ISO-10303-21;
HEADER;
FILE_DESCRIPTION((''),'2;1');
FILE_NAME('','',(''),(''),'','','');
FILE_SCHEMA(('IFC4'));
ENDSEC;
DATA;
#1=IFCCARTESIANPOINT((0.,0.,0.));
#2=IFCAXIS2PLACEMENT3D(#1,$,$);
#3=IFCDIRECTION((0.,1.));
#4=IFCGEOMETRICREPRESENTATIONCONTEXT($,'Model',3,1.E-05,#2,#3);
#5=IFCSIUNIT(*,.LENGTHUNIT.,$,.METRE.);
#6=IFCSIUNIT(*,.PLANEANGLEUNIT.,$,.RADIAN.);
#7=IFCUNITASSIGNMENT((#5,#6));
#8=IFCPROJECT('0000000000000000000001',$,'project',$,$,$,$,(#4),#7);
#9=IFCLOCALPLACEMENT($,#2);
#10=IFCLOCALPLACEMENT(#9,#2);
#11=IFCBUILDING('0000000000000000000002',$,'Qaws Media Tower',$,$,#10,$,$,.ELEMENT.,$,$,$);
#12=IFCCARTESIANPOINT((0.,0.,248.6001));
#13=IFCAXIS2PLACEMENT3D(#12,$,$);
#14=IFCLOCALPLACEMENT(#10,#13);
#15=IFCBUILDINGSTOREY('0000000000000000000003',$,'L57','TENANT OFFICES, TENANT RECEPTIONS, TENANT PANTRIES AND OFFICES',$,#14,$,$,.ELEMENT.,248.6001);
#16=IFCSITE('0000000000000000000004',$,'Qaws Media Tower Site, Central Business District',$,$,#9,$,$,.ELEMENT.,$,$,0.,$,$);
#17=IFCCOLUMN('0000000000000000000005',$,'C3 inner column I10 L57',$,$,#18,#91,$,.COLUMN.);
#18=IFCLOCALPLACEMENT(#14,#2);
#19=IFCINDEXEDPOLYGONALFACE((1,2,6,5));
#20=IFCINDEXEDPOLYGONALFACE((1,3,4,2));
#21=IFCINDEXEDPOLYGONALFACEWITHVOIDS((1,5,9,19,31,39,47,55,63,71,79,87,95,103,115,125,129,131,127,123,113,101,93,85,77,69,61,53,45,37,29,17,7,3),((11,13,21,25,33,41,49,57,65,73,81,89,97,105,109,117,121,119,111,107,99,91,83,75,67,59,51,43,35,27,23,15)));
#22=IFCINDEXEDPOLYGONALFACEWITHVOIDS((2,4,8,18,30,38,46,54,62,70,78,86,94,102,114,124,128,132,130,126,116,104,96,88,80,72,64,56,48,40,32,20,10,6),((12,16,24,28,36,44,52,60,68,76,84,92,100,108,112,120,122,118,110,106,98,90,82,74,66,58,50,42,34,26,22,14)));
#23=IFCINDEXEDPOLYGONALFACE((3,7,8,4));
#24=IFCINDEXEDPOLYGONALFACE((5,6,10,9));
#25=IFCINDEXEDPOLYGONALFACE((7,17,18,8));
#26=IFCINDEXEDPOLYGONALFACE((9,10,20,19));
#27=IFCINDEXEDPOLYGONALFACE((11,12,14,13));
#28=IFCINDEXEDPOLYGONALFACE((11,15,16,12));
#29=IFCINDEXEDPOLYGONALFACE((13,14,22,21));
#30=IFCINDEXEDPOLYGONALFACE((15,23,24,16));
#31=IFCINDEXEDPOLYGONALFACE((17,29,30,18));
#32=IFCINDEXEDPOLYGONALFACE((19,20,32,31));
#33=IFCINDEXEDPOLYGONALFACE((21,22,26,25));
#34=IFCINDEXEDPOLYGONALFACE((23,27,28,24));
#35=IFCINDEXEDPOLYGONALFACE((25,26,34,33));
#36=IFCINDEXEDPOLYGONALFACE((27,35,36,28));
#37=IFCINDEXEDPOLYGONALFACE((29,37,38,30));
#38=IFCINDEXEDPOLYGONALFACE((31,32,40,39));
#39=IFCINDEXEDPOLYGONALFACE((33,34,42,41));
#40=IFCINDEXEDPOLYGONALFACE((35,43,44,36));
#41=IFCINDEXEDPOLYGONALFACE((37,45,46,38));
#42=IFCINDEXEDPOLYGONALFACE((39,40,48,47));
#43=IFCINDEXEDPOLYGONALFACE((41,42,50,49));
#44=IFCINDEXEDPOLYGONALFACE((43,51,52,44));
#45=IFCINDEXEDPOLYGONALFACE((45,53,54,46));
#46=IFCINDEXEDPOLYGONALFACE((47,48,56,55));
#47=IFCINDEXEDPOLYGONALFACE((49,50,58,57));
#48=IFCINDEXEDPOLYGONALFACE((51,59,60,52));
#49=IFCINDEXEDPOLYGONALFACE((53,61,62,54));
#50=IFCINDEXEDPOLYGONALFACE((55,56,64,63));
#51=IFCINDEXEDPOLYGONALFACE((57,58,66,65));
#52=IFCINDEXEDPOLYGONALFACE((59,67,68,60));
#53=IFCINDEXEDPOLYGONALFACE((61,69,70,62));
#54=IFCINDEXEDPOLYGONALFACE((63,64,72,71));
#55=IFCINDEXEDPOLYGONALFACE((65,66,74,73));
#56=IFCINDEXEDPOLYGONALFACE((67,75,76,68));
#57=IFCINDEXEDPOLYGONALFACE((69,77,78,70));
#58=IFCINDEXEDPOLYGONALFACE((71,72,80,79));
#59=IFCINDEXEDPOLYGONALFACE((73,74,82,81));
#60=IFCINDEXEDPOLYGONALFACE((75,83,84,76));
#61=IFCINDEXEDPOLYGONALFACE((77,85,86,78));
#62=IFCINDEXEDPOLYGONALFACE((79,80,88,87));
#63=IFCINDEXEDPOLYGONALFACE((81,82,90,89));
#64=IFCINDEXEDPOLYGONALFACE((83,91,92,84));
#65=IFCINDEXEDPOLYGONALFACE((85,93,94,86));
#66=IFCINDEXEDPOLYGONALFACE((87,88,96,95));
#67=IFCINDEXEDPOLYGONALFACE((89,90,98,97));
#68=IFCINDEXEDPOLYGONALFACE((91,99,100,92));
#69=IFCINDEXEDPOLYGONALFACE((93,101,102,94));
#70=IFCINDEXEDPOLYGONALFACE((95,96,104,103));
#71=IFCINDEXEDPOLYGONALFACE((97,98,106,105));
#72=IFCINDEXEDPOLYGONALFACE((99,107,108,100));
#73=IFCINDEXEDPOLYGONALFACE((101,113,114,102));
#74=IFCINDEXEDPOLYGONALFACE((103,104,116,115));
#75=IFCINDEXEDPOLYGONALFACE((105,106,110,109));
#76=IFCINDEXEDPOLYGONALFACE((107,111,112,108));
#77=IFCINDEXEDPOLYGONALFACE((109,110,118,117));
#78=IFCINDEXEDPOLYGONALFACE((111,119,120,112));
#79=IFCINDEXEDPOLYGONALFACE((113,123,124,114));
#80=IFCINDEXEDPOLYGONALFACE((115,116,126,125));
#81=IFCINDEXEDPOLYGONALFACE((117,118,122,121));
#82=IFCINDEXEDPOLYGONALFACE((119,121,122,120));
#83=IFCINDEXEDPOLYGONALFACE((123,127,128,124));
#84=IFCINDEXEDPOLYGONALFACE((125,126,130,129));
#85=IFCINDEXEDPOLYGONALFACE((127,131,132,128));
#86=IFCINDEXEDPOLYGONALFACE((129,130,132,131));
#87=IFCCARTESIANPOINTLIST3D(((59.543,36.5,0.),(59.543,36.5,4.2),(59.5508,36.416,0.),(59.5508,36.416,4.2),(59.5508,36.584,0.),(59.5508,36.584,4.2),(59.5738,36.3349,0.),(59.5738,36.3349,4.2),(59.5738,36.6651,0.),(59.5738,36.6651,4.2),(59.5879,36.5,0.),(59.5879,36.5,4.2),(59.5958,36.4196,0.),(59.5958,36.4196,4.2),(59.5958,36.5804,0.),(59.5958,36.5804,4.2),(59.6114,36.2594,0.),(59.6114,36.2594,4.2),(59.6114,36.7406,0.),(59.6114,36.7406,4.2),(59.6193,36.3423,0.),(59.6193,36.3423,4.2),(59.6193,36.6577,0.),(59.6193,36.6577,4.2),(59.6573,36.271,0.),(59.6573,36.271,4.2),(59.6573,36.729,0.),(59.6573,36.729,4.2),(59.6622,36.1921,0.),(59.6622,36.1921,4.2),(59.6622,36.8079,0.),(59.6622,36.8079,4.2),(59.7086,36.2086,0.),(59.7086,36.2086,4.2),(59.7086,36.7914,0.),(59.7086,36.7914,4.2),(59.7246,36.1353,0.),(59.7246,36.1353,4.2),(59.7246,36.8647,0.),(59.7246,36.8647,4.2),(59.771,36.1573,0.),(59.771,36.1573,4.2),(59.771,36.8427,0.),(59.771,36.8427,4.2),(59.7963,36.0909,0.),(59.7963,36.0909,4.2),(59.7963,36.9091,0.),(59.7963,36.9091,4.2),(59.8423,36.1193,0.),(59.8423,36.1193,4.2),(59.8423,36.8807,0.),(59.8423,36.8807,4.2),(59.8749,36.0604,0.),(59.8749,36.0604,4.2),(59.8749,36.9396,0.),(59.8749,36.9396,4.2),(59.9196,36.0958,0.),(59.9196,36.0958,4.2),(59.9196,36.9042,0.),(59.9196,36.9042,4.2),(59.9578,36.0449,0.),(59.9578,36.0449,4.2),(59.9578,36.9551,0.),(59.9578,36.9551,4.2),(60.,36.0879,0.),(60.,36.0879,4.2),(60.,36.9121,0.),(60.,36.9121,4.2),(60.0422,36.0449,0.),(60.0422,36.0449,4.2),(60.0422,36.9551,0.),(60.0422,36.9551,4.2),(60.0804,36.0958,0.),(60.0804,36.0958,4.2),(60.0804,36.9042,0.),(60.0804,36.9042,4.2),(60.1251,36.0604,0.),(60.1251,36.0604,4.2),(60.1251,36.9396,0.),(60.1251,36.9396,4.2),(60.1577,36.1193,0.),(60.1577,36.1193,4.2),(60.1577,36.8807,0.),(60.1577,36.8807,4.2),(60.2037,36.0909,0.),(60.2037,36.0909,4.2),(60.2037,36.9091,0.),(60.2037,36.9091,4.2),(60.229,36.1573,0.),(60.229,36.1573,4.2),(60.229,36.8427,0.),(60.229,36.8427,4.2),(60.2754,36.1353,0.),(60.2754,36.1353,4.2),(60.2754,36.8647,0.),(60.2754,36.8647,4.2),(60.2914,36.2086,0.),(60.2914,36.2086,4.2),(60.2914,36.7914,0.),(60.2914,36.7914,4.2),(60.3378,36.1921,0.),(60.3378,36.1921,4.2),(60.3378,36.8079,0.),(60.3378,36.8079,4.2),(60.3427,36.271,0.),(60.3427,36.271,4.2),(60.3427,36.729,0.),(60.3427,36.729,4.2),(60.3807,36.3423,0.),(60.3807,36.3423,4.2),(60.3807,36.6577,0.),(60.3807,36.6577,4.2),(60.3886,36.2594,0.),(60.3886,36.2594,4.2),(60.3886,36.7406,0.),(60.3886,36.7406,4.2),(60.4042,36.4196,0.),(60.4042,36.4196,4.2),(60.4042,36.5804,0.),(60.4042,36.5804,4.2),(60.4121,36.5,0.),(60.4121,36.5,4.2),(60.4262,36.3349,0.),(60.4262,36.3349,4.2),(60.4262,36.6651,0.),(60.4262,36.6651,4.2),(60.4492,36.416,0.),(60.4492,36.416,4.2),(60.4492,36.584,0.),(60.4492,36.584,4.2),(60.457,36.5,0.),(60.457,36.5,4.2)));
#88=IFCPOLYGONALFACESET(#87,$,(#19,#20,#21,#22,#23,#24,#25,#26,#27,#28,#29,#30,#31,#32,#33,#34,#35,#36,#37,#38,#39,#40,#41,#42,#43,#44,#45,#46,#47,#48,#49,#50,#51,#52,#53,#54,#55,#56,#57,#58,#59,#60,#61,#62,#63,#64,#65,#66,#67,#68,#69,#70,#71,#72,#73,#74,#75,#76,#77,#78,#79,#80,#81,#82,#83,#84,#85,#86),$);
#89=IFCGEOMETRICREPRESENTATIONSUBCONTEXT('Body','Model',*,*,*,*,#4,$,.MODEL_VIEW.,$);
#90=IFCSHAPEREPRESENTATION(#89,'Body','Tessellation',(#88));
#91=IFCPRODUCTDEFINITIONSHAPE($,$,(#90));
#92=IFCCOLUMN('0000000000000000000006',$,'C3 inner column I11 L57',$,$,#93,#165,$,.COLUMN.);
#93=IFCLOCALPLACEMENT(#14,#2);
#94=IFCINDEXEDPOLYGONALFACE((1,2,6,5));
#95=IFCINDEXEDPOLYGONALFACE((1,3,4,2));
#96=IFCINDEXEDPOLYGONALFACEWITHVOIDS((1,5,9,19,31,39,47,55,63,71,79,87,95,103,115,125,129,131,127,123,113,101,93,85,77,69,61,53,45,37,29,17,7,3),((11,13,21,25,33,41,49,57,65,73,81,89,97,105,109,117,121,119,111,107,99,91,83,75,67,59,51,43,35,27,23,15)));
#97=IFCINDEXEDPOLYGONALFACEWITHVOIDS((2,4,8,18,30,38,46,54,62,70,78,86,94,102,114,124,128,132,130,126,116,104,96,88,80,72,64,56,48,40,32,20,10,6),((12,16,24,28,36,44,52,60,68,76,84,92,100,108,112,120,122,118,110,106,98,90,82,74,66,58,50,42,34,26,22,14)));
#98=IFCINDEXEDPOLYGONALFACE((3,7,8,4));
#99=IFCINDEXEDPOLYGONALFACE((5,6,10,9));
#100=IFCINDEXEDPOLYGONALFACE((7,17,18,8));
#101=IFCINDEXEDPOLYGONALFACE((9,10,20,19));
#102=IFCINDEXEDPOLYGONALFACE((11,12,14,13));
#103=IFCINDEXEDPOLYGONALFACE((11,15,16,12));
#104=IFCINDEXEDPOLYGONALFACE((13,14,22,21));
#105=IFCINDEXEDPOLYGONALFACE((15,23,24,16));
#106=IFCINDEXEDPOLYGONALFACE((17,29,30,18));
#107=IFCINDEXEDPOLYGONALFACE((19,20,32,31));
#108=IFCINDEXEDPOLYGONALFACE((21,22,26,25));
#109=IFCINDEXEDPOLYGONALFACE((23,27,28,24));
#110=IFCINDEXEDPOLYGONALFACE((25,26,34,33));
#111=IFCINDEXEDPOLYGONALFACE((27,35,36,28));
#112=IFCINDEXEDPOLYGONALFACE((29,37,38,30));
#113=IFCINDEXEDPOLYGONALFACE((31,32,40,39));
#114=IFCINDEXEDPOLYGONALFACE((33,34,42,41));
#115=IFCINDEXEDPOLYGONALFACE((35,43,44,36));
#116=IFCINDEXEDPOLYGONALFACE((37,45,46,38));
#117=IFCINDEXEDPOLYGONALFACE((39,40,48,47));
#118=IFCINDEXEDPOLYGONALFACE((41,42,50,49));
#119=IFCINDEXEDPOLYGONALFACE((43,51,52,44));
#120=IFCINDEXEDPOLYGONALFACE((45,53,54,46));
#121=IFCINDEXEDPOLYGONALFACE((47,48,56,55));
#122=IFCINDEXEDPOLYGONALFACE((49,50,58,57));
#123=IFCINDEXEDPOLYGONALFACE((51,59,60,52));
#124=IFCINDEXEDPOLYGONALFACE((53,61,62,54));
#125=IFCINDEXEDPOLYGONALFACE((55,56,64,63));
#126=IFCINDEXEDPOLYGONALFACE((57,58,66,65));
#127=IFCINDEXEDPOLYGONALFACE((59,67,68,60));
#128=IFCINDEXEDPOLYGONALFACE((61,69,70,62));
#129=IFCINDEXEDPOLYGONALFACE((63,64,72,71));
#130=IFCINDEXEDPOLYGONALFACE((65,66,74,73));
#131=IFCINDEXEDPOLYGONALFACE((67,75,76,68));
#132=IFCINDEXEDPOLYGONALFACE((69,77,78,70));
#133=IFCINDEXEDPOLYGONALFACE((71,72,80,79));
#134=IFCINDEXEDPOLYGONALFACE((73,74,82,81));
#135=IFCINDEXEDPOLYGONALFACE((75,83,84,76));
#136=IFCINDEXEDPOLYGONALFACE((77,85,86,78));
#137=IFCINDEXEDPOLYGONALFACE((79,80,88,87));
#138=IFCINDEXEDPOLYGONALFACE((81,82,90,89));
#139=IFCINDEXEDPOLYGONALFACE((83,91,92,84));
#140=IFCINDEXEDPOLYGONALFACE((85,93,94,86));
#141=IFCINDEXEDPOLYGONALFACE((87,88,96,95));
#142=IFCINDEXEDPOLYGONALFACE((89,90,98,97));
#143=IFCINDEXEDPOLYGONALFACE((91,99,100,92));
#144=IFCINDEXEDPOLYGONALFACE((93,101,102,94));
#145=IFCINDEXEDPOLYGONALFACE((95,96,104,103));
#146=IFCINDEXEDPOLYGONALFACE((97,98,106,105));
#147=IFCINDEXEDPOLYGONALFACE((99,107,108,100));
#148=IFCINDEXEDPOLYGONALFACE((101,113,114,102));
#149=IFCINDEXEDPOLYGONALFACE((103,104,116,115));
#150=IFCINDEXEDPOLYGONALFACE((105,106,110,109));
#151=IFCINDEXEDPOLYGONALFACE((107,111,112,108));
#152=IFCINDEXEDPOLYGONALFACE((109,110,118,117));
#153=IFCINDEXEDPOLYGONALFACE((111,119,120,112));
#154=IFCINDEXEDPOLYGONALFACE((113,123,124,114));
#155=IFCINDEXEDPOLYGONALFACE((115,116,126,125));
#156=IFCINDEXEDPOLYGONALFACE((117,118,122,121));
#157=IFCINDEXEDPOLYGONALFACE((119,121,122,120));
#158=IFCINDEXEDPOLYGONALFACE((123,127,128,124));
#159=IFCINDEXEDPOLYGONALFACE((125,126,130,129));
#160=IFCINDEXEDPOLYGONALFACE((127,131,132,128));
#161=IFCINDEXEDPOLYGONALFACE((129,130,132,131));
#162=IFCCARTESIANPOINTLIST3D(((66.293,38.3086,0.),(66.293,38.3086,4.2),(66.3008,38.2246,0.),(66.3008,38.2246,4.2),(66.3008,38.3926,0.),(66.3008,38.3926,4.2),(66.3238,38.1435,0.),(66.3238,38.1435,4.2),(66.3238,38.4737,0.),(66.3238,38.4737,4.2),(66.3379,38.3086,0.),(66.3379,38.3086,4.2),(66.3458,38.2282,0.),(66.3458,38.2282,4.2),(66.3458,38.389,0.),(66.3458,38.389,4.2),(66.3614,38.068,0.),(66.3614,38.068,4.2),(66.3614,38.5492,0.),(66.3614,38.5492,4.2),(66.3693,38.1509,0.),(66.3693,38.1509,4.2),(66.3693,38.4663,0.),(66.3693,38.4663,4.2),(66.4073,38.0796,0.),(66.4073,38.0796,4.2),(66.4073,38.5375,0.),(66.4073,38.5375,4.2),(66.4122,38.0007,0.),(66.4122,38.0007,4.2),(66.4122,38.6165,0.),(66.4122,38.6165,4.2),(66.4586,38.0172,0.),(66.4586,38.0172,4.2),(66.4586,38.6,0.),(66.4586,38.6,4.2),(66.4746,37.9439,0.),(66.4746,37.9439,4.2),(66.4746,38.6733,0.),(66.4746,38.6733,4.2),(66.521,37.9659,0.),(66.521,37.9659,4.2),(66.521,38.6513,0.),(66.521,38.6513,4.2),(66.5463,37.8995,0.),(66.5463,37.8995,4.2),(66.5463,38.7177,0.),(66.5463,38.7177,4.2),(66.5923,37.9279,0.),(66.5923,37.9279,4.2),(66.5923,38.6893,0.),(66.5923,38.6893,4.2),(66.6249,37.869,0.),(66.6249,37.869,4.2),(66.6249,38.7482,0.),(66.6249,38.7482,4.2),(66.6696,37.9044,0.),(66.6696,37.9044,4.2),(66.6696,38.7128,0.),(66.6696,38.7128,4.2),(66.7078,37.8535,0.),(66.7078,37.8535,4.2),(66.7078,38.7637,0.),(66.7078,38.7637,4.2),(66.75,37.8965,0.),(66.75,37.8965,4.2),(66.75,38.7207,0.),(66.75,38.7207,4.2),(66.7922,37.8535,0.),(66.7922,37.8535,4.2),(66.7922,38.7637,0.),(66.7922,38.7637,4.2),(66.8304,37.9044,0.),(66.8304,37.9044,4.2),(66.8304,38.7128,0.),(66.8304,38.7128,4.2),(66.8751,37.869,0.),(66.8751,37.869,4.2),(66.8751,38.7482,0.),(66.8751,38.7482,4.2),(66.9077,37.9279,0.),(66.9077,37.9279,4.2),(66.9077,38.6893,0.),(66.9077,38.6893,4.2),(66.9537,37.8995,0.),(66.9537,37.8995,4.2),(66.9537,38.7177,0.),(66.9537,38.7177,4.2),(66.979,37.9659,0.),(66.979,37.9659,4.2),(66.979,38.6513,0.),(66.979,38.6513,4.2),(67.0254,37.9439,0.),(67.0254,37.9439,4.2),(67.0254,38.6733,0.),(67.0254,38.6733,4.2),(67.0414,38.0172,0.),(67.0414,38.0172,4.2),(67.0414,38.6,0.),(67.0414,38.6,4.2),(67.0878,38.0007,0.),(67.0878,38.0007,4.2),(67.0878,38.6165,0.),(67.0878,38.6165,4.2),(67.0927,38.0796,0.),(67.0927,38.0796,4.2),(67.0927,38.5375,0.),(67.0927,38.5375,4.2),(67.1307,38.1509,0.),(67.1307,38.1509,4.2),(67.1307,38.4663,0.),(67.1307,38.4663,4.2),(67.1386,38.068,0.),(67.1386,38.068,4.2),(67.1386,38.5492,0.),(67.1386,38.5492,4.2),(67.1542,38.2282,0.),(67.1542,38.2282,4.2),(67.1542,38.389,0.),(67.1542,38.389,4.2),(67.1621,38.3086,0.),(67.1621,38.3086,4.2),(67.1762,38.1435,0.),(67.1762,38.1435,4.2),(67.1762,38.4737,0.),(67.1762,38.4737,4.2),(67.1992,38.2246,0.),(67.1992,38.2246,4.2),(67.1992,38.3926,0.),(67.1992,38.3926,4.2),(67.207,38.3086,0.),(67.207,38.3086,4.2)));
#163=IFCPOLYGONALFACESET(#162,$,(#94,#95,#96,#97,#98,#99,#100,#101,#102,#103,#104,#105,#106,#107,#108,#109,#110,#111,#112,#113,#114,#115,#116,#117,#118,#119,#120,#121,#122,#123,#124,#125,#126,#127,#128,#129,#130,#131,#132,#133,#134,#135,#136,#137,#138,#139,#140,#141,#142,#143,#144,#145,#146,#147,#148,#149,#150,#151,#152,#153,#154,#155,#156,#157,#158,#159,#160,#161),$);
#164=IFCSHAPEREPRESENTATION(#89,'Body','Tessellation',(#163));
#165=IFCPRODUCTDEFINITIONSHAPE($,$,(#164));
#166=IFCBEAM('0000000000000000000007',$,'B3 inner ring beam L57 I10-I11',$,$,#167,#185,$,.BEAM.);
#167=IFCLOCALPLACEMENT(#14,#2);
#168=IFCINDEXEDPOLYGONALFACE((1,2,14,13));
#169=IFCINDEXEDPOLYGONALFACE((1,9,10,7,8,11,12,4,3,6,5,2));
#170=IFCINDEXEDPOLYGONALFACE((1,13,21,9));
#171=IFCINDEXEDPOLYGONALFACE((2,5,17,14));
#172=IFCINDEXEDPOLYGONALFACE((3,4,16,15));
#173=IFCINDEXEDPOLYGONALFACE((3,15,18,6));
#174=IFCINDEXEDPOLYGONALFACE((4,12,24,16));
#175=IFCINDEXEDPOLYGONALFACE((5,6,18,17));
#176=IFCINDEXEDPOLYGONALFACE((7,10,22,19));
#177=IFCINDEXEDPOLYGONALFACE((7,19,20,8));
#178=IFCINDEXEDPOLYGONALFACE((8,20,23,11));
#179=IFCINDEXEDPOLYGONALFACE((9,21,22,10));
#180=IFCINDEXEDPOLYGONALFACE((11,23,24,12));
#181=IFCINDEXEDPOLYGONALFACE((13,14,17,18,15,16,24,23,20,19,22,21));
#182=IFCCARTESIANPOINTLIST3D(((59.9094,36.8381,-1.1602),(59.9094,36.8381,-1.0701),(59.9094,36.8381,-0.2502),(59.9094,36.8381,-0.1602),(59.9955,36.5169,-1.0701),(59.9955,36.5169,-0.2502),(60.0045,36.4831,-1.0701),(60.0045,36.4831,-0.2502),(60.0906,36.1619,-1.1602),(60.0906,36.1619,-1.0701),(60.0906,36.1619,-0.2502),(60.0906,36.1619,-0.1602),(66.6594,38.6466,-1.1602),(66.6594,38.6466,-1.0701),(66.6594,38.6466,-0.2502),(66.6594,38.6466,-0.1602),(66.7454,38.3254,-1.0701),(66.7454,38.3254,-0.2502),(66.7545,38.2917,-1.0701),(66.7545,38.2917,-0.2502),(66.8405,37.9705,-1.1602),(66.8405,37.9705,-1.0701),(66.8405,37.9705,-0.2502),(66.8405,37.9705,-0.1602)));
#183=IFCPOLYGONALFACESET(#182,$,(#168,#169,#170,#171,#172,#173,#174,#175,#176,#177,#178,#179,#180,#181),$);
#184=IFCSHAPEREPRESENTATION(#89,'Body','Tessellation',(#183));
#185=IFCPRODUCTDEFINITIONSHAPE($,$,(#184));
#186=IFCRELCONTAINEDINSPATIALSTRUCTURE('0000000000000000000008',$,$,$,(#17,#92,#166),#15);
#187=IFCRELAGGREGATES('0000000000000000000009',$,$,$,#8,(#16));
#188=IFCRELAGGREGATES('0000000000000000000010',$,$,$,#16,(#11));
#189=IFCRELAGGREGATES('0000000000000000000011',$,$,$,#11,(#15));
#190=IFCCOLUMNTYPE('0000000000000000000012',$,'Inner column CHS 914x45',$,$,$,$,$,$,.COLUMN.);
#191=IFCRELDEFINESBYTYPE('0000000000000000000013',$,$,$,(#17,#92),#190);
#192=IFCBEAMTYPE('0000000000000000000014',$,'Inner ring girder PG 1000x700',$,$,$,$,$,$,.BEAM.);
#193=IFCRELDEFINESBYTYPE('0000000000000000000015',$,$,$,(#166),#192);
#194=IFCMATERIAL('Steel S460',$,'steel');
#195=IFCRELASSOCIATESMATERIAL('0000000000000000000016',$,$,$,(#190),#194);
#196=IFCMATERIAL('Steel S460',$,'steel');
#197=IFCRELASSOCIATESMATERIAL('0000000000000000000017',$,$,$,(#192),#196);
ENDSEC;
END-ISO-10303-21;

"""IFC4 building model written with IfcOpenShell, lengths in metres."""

from ifc_helpers import new_model, si_unit, direction, frame, origin, origin_2d, place, context, subcontext, project, spatial, hollow_circle, i_section, extrude, material, material_profile, profile_set, type_object, element, save


model = new_model("IFC4")

# Units and contexts
model_context = context("Model", 3, precision=1e-05, world=origin(), true_north=direction((0.0, 1.0)))
body_context = subcontext(model_context, "Body", "Model", "MODEL_VIEW")
ifc_project = project(units=[si_unit("LENGTHUNIT", "METRE"), si_unit("PLANEANGLEUNIT", "RADIAN")], contexts=[model_context])

# Site, building, storey
site_placement = place(None, origin())
site = spatial("IfcSite", under=ifc_project, at=site_placement, Name="Qaws Media Tower Site, Central Business District", CompositionType="ELEMENT", RefElevation=0.0)
building_placement = place(site_placement, origin())
building = spatial("IfcBuilding", under=site, at=building_placement, Name="Qaws Media Tower", CompositionType="ELEMENT")
storey_placement = place(building_placement, frame((0.0, 0.0, 248.6001)))
storey = spatial("IfcBuildingStorey", under=building, at=storey_placement, Name="L57", Description="TENANT OFFICES, TENANT RECEPTIONS, TENANT PANTRIES AND OFFICES", CompositionType="ELEMENT", Elevation=248.6001)

# Columns
ifc_material_1 = material(Name="Steel S460", Category="steel")
ifc_material_profile_1 = material_profile(ifc_material_1, hollow_circle(Radius=0.457, WallThickness=0.0449, at=origin_2d()), Name="CHS 914x45")
ifc_profile_set_1 = profile_set([ifc_material_profile_1], Name="Steel S460")
column_type = type_object("IfcColumnType", Name="Inner column CHS 914x45", PredefinedType="COLUMN", material=ifc_profile_set_1)
for number, where, z_axis, x_axis, name in (
    (1, (60.0, 36.5, 0.0), (0.0, 0.0, 1.0), (1.0, 0.0, 0.0), "C3 inner column I10 L57"),
    (2, (66.75, 38.3086, 0.0), (0.0, 0.0, 1.0), (1.0, 0.0, 0.0), "C3 inner column I11 L57"),
):
    element("IfcColumn", number, at=place(storey_placement, frame(where, z_axis=z_axis, x_axis=x_axis)), inside=storey, type_object=column_type, Name=name, PredefinedType="COLUMN", context=body_context, shape_type="SweptSolid", body=[
        extrude(hollow_circle(Radius=0.457, WallThickness=0.0449, at=origin_2d()), origin(), (0.0, 0.0, 1.0), 4.2),
    ])

# Beam
ifc_material_2 = material(Name="Steel S460", Category="steel")
ifc_material_profile_2 = material_profile(ifc_material_2, i_section(OverallWidth=0.7, OverallDepth=1.0, WebThickness=0.0349, FlangeThickness=0.0901, at=origin_2d()), Name="PG 1000x700")
ifc_profile_set_2 = profile_set([ifc_material_profile_2], Name="Steel S460")
beam_type_1 = type_object("IfcBeamType", Name="Inner ring girder PG 1000x700", PredefinedType="BEAM", material=ifc_profile_set_2)
beam_1_placement = place(storey_placement, frame((60.0, 36.5, -0.6602), z_axis=(0.965928, 0.258811, 0.0), x_axis=(-0.258811, 0.965928, 0.0)))
element("IfcBeam", 3, at=beam_1_placement, inside=storey, type_object=beam_type_1, Name="B3 inner ring beam L57 I10-I11", PredefinedType="BEAM", context=body_context, shape_type="SweptSolid", body=[
    extrude(i_section(OverallWidth=0.7, OverallDepth=1.0, WebThickness=0.0349, FlangeThickness=0.0901, at=origin_2d()), origin(), (0.0, 0.0, 1.0), 6.988),
])

save(model, "model.ifc")
